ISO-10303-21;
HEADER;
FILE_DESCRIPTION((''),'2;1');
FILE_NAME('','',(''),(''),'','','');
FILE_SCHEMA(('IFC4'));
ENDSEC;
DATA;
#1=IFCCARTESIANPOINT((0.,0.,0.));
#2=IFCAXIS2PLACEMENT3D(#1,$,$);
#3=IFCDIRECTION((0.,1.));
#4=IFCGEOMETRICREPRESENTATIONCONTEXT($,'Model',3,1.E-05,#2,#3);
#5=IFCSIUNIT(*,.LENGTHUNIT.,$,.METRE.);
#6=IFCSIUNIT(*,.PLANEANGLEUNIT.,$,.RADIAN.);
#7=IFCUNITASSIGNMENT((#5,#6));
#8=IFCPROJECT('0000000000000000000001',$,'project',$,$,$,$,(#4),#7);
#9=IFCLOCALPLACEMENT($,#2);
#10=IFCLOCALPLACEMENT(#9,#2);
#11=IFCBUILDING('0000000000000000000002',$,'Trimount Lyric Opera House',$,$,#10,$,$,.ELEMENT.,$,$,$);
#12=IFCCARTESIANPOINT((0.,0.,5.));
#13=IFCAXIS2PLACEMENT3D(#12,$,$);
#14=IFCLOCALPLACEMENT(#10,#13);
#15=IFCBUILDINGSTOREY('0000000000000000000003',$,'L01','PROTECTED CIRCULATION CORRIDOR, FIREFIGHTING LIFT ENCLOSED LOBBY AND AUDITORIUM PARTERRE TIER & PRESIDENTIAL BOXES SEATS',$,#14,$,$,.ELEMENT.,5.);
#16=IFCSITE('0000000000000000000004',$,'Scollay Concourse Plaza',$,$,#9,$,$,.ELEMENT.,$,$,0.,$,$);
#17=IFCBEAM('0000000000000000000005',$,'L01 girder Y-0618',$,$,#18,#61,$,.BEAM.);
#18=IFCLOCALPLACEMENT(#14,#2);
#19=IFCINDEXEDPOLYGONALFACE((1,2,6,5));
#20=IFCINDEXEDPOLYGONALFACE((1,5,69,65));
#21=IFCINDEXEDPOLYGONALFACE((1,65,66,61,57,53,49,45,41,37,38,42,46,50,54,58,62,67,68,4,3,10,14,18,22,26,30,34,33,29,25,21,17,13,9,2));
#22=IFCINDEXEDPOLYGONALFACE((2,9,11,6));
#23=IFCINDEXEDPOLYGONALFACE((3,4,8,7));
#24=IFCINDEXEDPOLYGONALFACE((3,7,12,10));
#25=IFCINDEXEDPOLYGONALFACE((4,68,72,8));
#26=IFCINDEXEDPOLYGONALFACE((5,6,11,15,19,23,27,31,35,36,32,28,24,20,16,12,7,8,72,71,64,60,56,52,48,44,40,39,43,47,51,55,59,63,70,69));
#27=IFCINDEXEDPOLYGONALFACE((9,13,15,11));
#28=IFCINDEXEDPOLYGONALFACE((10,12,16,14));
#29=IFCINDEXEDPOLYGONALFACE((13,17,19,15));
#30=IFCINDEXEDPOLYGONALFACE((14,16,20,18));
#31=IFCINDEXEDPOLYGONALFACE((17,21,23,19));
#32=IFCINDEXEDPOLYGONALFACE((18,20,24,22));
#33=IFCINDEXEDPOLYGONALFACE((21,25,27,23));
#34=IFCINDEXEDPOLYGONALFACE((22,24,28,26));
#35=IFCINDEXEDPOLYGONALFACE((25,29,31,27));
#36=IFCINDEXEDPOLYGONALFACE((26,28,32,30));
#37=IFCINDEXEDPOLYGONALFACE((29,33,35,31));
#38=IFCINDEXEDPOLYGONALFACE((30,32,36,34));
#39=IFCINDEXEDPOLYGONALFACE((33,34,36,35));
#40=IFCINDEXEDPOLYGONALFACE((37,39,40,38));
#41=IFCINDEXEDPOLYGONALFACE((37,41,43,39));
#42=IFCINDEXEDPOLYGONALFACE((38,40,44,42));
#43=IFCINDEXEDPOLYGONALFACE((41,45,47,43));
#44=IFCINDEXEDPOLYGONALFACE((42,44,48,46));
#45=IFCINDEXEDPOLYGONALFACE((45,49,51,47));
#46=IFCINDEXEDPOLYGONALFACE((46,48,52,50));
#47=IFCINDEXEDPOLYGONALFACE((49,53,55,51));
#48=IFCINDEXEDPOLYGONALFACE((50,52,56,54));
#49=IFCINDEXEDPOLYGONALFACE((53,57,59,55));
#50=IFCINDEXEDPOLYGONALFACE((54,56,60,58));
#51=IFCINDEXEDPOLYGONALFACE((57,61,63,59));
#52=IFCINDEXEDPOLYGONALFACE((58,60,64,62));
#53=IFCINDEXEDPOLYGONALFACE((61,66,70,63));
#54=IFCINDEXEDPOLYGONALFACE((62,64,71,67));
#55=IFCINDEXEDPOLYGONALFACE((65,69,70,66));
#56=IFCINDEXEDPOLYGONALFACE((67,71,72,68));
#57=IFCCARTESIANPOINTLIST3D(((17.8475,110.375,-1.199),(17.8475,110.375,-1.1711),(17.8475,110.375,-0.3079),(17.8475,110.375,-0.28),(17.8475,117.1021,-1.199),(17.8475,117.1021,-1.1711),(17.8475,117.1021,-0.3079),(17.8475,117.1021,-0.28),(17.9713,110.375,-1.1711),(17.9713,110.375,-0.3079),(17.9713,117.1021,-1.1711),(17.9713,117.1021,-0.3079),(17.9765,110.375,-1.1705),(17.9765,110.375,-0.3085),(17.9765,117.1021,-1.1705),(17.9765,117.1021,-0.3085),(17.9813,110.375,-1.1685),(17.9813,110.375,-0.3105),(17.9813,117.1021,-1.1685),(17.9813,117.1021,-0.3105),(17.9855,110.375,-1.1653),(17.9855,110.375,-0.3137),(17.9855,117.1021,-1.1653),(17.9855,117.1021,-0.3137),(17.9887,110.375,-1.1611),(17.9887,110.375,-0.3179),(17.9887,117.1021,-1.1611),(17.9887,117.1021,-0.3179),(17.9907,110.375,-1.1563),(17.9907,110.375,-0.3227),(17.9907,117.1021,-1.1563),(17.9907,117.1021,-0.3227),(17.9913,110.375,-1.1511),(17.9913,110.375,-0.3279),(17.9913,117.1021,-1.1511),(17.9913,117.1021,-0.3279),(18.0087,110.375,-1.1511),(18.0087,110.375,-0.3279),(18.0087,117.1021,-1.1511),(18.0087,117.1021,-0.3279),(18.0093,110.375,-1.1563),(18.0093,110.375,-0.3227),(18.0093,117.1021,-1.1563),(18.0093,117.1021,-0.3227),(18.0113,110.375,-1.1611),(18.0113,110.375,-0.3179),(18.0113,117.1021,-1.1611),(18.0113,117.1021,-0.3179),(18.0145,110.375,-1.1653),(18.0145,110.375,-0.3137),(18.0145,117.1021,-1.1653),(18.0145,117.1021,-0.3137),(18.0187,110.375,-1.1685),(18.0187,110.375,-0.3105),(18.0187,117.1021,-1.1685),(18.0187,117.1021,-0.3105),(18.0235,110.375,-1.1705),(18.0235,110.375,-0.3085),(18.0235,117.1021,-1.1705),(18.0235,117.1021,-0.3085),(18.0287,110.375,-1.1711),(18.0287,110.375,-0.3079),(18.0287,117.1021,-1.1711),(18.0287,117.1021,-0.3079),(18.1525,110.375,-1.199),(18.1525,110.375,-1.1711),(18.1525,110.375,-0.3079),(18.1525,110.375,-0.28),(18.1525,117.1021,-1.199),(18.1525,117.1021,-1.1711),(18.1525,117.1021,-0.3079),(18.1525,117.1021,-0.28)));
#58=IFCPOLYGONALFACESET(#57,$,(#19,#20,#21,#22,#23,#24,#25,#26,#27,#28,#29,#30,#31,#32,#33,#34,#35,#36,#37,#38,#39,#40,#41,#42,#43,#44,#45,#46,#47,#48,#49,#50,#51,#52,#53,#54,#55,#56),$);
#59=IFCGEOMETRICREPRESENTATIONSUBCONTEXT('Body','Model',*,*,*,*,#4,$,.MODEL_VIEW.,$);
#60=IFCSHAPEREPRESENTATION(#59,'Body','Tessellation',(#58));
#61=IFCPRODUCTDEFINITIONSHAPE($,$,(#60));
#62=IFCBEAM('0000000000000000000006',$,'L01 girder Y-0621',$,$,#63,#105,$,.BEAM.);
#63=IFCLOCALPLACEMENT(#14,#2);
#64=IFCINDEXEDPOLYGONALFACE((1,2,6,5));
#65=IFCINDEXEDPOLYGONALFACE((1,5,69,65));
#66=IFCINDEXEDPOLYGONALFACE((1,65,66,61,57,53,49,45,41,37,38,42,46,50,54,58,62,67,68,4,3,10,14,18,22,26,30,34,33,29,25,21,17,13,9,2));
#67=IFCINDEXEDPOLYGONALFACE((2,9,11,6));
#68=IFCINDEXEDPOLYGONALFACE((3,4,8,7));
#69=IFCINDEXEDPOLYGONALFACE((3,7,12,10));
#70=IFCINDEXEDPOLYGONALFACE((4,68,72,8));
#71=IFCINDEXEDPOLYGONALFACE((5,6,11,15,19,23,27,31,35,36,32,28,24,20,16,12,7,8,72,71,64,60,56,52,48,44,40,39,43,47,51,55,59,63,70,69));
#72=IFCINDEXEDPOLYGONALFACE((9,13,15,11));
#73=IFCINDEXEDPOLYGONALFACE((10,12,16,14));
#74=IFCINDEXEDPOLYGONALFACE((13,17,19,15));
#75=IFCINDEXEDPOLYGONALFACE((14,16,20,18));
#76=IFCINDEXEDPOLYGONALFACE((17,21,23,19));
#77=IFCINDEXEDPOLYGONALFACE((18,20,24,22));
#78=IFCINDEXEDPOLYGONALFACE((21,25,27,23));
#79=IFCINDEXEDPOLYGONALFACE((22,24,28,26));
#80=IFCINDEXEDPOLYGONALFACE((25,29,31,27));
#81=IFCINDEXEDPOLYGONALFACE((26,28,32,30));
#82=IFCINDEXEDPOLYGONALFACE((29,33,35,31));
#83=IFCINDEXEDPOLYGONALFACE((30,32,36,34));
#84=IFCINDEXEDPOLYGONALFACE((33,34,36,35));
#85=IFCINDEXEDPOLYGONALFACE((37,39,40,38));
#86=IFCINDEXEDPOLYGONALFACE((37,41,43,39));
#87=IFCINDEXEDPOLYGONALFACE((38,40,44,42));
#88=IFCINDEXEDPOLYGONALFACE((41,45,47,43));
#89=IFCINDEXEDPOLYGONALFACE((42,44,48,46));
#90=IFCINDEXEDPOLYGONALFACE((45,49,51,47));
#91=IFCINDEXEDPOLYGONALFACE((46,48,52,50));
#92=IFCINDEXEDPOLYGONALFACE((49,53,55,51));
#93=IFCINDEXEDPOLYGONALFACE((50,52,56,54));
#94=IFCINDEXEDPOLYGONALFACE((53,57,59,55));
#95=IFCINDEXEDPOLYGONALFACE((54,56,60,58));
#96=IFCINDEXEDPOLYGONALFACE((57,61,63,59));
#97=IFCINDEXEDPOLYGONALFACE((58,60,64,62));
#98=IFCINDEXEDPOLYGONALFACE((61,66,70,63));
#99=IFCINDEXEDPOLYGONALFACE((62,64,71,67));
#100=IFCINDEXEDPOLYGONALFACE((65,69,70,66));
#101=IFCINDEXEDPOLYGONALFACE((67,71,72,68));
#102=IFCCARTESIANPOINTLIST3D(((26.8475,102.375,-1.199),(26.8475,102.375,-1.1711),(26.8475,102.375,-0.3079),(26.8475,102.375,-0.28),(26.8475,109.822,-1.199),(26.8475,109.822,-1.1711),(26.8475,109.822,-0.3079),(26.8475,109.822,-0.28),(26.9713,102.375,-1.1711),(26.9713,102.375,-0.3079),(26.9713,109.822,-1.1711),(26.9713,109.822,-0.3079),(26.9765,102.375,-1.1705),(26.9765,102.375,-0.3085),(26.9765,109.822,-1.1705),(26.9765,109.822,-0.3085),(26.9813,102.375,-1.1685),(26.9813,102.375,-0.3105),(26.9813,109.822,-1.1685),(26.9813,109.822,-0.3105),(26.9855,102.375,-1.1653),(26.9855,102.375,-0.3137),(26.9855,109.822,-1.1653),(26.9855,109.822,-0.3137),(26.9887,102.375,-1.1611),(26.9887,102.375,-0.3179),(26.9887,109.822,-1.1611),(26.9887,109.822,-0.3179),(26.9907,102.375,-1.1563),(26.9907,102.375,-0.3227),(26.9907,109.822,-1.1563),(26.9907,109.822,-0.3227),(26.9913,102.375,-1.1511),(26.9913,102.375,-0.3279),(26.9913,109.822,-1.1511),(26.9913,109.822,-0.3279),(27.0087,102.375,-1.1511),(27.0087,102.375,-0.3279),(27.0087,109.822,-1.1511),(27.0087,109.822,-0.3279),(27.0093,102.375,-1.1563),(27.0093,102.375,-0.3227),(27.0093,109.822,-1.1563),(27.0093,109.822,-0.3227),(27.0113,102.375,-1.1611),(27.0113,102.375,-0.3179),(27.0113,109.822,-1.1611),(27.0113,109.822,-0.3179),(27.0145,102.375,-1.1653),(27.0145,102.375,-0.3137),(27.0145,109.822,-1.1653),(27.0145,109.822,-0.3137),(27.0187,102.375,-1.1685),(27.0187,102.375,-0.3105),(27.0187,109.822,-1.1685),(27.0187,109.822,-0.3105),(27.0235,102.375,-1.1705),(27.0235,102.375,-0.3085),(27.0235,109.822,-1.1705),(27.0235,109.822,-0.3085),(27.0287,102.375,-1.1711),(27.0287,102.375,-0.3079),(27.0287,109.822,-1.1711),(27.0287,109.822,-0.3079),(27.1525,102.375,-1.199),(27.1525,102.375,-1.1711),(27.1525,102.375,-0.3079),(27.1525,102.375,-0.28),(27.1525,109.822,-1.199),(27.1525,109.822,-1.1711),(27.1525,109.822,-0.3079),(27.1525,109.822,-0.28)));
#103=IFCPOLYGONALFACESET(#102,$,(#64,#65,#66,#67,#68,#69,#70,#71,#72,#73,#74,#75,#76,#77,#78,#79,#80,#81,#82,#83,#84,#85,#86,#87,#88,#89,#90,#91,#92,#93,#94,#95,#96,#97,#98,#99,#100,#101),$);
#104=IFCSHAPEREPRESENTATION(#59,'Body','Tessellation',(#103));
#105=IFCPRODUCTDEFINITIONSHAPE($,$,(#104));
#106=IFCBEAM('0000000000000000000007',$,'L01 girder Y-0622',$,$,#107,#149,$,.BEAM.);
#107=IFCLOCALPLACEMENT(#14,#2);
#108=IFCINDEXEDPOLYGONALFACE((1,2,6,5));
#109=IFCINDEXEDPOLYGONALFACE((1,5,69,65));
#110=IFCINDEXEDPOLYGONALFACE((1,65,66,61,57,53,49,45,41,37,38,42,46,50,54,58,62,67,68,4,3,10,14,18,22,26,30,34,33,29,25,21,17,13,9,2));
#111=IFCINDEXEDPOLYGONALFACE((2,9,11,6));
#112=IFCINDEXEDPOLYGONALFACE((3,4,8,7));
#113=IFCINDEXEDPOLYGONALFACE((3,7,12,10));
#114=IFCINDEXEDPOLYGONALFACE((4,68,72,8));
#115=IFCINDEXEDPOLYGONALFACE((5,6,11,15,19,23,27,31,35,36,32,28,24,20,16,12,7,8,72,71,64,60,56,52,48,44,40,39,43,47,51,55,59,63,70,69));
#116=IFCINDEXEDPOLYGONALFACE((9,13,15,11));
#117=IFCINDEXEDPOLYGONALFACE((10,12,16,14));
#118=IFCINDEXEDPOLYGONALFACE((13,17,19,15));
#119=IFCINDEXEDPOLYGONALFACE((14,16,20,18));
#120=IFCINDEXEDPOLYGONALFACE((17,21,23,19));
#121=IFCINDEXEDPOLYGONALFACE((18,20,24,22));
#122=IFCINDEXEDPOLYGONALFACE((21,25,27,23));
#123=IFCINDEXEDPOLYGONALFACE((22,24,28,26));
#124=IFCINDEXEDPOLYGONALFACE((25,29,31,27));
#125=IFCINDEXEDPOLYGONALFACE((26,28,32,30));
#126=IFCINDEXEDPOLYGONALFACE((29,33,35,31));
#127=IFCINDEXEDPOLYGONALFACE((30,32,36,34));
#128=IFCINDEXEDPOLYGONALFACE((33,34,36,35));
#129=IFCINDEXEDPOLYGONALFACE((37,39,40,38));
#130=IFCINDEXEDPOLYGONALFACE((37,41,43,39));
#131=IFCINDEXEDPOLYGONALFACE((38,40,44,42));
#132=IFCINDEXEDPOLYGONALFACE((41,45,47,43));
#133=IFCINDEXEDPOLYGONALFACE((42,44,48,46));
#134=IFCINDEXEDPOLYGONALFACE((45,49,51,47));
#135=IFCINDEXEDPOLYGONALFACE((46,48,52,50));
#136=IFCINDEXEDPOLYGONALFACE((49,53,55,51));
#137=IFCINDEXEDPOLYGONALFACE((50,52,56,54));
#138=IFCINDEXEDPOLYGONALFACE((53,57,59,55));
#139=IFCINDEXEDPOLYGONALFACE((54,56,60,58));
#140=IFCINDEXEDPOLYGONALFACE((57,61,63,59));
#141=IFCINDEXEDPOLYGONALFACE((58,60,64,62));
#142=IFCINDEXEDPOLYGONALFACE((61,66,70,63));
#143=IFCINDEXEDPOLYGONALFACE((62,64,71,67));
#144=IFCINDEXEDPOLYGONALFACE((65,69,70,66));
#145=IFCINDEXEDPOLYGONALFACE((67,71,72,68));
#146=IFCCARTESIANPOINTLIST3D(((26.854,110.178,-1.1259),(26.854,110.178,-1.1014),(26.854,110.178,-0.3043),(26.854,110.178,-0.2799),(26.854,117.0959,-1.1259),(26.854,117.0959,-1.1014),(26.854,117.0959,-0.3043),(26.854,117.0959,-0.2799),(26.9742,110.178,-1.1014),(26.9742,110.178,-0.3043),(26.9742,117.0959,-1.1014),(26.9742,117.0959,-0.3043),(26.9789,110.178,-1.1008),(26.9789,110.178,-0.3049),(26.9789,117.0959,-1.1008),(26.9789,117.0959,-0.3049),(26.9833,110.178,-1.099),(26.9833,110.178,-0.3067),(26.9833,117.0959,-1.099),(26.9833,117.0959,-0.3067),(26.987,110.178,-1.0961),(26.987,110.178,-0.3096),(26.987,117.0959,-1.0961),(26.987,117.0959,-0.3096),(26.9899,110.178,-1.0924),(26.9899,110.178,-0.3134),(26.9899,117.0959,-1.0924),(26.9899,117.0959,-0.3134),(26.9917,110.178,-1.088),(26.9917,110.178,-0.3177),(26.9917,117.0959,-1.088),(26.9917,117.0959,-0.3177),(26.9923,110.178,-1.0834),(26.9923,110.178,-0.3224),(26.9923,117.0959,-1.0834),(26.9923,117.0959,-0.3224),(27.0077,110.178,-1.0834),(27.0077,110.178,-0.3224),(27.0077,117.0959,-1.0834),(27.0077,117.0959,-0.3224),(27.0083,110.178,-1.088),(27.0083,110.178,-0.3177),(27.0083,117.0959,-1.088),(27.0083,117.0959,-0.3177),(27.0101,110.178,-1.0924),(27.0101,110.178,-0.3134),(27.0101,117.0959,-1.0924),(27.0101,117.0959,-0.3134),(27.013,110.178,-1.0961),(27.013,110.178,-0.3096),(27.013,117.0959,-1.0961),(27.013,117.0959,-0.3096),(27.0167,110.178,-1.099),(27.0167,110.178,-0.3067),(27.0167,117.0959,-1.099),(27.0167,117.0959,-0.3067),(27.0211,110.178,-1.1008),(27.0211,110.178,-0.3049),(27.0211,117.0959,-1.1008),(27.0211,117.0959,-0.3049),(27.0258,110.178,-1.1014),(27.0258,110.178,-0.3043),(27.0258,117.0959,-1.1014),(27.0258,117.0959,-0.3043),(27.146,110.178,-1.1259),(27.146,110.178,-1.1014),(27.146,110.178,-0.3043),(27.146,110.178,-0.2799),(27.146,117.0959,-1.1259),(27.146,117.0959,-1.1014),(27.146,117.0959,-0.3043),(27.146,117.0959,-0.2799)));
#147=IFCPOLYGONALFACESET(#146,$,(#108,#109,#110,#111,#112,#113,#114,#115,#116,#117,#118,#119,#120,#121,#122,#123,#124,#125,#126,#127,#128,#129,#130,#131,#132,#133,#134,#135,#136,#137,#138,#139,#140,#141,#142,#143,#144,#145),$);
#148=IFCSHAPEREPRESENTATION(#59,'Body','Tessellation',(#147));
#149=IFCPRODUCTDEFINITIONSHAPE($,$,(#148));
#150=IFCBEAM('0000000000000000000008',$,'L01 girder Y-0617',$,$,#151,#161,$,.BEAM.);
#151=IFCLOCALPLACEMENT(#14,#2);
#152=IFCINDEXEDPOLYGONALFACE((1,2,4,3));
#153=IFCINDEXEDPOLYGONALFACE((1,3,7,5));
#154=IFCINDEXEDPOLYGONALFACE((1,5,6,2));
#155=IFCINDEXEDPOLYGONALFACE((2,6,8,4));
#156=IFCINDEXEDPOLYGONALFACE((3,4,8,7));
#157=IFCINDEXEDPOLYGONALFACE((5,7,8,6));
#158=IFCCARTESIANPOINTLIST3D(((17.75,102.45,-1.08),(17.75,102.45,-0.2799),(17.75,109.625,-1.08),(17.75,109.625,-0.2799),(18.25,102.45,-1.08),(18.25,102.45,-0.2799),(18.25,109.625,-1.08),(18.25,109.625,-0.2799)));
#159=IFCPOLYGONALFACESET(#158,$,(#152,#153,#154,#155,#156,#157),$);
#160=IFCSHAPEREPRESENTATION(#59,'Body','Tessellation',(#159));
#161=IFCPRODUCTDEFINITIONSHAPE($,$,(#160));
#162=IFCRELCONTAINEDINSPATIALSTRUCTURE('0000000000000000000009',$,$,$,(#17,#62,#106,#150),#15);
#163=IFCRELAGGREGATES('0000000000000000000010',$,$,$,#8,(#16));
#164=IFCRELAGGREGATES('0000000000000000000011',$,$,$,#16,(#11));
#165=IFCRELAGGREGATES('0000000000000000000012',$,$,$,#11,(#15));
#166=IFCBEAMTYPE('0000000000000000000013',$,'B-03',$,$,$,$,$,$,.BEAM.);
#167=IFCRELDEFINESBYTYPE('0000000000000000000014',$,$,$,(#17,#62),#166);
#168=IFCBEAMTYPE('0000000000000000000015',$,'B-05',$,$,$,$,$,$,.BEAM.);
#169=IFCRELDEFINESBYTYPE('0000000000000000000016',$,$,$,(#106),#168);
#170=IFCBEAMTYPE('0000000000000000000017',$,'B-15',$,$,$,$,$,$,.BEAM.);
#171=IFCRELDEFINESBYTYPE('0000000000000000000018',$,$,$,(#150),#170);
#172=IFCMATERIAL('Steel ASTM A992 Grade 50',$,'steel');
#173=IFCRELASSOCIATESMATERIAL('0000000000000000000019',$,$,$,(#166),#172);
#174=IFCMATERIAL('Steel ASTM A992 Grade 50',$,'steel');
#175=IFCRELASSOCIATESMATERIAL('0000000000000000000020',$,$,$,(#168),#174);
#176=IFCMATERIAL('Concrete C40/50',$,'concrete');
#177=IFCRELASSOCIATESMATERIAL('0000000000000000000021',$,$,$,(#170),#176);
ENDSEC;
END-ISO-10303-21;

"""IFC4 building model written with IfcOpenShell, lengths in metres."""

from ifc_helpers import new_model, si_unit, direction, frame, origin, origin_2d, place, context, subcontext, project, spatial, rectangle, i_section, extrude, material, material_profile, profile_set, type_object, element, save


model = new_model("IFC4")

# Units and contexts
model_context = context("Model", 3, precision=1e-05, world=origin(), true_north=direction((0.0, 1.0)))
body_context = subcontext(model_context, "Body", "Model", "MODEL_VIEW")
ifc_project = project(units=[si_unit("LENGTHUNIT", "METRE"), si_unit("PLANEANGLEUNIT", "RADIAN")], contexts=[model_context])

# Site, building, storey
site_placement = place(None, origin())
site = spatial("IfcSite", under=ifc_project, at=site_placement, Name="Scollay Concourse Plaza", CompositionType="ELEMENT", RefElevation=0.0)
building_placement = place(site_placement, origin())
building = spatial("IfcBuilding", under=site, at=building_placement, Name="Trimount Lyric Opera House", CompositionType="ELEMENT")
storey_placement = place(building_placement, frame((0.0, 0.0, 5.0)))
storey = spatial("IfcBuildingStorey", under=building, at=storey_placement, Name="L01", Description="PROTECTED CIRCULATION CORRIDOR, FIREFIGHTING LIFT ENCLOSED LOBBY AND AUDITORIUM PARTERRE TIER & PRESIDENTIAL BOXES SEATS", CompositionType="ELEMENT", Elevation=5.0)

# Beams
ifc_material_1 = material(Name="Steel ASTM A992 Grade 50", Category="steel")
ifc_material_profile_1 = material_profile(ifc_material_1, i_section(OverallWidth=0.3049, OverallDepth=0.9189, WebThickness=0.0173, FlangeThickness=0.0278, FilletRadius=0.02, at=origin_2d()), Name="W36X170")
ifc_profile_set_1 = profile_set([ifc_material_profile_1], Name="Steel ASTM A992 Grade 50")
beam_type_1 = type_object("IfcBeamType", Name="B-03", PredefinedType="BEAM", material=ifc_profile_set_1)
beam_1_placement = place(storey_placement, frame((18.0, 110.375, -0.7395), z_axis=(0.0, 1.0, 0.0), x_axis=(-1.0, 0.0, 0.0)))
element("IfcBeam", 1, at=beam_1_placement, inside=storey, type_object=beam_type_1, Name="L01 girder Y-0618", PredefinedType="BEAM", context=body_context, shape_type="SweptSolid", body=[
    extrude(i_section(OverallWidth=0.3049, OverallDepth=0.9189, WebThickness=0.0173, FlangeThickness=0.0278, FilletRadius=0.02, at=origin_2d()), origin(), (0.0, 0.0, 1.0), 6.7271),
])
beam_2_placement = place(storey_placement, frame((27.0, 102.375, -0.7395), z_axis=(0.0, 1.0, 0.0), x_axis=(-1.0, 0.0, 0.0)))
element("IfcBeam", 2, at=beam_2_placement, inside=storey, type_object=beam_type_1, Name="L01 girder Y-0621", PredefinedType="BEAM", context=body_context, shape_type="SweptSolid", body=[
    extrude(i_section(OverallWidth=0.3049, OverallDepth=0.9189, WebThickness=0.0173, FlangeThickness=0.0278, FilletRadius=0.02, at=origin_2d()), origin(), (0.0, 0.0, 1.0), 7.447),
])
ifc_material_2 = material(Name="Steel ASTM A992 Grade 50", Category="steel")
ifc_material_profile_2 = material_profile(ifc_material_2, i_section(OverallWidth=0.292, OverallDepth=0.8459, WebThickness=0.0154, FlangeThickness=0.0244, FilletRadius=0.0181, at=origin_2d()), Name="W33X141")
ifc_profile_set_2 = profile_set([ifc_material_profile_2], Name="Steel ASTM A992 Grade 50")
beam_type_2 = type_object("IfcBeamType", Name="B-05", PredefinedType="BEAM", material=ifc_profile_set_2)
beam_3_placement = place(storey_placement, frame((27.0, 110.178, -0.7029), z_axis=(0.0, 1.0, 0.0), x_axis=(-1.0, 0.0, 0.0)))
element("IfcBeam", 3, at=beam_3_placement, inside=storey, type_object=beam_type_2, Name="L01 girder Y-0622", PredefinedType="BEAM", context=body_context, shape_type="SweptSolid", body=[
    extrude(i_section(OverallWidth=0.292, OverallDepth=0.8459, WebThickness=0.0154, FlangeThickness=0.0244, FilletRadius=0.0181, at=origin_2d()), origin(), (0.0, 0.0, 1.0), 6.918),
])
ifc_material_3 = material(Name="Concrete C40/50", Category="concrete")
ifc_material_profile_3 = material_profile(ifc_material_3, rectangle(XDim=0.5, YDim=0.8, at=origin_2d()), Name="RC500X800")
ifc_profile_set_3 = profile_set([ifc_material_profile_3], Name="Concrete C40/50")
beam_type_3 = type_object("IfcBeamType", Name="B-15", PredefinedType="BEAM", material=ifc_profile_set_3)
beam_4_placement = place(storey_placement, frame((18.0, 102.45, -0.6799), z_axis=(0.0, 1.0, 0.0), x_axis=(-1.0, 0.0, 0.0)))
element("IfcBeam", 4, at=beam_4_placement, inside=storey, type_object=beam_type_3, Name="L01 girder Y-0617", PredefinedType="BEAM", context=body_context, shape_type="SweptSolid", body=[
    extrude(rectangle(XDim=0.5, YDim=0.8, at=origin_2d()), origin(), (0.0, 0.0, 1.0), 7.175),
])

save(model, "model.ifc")
